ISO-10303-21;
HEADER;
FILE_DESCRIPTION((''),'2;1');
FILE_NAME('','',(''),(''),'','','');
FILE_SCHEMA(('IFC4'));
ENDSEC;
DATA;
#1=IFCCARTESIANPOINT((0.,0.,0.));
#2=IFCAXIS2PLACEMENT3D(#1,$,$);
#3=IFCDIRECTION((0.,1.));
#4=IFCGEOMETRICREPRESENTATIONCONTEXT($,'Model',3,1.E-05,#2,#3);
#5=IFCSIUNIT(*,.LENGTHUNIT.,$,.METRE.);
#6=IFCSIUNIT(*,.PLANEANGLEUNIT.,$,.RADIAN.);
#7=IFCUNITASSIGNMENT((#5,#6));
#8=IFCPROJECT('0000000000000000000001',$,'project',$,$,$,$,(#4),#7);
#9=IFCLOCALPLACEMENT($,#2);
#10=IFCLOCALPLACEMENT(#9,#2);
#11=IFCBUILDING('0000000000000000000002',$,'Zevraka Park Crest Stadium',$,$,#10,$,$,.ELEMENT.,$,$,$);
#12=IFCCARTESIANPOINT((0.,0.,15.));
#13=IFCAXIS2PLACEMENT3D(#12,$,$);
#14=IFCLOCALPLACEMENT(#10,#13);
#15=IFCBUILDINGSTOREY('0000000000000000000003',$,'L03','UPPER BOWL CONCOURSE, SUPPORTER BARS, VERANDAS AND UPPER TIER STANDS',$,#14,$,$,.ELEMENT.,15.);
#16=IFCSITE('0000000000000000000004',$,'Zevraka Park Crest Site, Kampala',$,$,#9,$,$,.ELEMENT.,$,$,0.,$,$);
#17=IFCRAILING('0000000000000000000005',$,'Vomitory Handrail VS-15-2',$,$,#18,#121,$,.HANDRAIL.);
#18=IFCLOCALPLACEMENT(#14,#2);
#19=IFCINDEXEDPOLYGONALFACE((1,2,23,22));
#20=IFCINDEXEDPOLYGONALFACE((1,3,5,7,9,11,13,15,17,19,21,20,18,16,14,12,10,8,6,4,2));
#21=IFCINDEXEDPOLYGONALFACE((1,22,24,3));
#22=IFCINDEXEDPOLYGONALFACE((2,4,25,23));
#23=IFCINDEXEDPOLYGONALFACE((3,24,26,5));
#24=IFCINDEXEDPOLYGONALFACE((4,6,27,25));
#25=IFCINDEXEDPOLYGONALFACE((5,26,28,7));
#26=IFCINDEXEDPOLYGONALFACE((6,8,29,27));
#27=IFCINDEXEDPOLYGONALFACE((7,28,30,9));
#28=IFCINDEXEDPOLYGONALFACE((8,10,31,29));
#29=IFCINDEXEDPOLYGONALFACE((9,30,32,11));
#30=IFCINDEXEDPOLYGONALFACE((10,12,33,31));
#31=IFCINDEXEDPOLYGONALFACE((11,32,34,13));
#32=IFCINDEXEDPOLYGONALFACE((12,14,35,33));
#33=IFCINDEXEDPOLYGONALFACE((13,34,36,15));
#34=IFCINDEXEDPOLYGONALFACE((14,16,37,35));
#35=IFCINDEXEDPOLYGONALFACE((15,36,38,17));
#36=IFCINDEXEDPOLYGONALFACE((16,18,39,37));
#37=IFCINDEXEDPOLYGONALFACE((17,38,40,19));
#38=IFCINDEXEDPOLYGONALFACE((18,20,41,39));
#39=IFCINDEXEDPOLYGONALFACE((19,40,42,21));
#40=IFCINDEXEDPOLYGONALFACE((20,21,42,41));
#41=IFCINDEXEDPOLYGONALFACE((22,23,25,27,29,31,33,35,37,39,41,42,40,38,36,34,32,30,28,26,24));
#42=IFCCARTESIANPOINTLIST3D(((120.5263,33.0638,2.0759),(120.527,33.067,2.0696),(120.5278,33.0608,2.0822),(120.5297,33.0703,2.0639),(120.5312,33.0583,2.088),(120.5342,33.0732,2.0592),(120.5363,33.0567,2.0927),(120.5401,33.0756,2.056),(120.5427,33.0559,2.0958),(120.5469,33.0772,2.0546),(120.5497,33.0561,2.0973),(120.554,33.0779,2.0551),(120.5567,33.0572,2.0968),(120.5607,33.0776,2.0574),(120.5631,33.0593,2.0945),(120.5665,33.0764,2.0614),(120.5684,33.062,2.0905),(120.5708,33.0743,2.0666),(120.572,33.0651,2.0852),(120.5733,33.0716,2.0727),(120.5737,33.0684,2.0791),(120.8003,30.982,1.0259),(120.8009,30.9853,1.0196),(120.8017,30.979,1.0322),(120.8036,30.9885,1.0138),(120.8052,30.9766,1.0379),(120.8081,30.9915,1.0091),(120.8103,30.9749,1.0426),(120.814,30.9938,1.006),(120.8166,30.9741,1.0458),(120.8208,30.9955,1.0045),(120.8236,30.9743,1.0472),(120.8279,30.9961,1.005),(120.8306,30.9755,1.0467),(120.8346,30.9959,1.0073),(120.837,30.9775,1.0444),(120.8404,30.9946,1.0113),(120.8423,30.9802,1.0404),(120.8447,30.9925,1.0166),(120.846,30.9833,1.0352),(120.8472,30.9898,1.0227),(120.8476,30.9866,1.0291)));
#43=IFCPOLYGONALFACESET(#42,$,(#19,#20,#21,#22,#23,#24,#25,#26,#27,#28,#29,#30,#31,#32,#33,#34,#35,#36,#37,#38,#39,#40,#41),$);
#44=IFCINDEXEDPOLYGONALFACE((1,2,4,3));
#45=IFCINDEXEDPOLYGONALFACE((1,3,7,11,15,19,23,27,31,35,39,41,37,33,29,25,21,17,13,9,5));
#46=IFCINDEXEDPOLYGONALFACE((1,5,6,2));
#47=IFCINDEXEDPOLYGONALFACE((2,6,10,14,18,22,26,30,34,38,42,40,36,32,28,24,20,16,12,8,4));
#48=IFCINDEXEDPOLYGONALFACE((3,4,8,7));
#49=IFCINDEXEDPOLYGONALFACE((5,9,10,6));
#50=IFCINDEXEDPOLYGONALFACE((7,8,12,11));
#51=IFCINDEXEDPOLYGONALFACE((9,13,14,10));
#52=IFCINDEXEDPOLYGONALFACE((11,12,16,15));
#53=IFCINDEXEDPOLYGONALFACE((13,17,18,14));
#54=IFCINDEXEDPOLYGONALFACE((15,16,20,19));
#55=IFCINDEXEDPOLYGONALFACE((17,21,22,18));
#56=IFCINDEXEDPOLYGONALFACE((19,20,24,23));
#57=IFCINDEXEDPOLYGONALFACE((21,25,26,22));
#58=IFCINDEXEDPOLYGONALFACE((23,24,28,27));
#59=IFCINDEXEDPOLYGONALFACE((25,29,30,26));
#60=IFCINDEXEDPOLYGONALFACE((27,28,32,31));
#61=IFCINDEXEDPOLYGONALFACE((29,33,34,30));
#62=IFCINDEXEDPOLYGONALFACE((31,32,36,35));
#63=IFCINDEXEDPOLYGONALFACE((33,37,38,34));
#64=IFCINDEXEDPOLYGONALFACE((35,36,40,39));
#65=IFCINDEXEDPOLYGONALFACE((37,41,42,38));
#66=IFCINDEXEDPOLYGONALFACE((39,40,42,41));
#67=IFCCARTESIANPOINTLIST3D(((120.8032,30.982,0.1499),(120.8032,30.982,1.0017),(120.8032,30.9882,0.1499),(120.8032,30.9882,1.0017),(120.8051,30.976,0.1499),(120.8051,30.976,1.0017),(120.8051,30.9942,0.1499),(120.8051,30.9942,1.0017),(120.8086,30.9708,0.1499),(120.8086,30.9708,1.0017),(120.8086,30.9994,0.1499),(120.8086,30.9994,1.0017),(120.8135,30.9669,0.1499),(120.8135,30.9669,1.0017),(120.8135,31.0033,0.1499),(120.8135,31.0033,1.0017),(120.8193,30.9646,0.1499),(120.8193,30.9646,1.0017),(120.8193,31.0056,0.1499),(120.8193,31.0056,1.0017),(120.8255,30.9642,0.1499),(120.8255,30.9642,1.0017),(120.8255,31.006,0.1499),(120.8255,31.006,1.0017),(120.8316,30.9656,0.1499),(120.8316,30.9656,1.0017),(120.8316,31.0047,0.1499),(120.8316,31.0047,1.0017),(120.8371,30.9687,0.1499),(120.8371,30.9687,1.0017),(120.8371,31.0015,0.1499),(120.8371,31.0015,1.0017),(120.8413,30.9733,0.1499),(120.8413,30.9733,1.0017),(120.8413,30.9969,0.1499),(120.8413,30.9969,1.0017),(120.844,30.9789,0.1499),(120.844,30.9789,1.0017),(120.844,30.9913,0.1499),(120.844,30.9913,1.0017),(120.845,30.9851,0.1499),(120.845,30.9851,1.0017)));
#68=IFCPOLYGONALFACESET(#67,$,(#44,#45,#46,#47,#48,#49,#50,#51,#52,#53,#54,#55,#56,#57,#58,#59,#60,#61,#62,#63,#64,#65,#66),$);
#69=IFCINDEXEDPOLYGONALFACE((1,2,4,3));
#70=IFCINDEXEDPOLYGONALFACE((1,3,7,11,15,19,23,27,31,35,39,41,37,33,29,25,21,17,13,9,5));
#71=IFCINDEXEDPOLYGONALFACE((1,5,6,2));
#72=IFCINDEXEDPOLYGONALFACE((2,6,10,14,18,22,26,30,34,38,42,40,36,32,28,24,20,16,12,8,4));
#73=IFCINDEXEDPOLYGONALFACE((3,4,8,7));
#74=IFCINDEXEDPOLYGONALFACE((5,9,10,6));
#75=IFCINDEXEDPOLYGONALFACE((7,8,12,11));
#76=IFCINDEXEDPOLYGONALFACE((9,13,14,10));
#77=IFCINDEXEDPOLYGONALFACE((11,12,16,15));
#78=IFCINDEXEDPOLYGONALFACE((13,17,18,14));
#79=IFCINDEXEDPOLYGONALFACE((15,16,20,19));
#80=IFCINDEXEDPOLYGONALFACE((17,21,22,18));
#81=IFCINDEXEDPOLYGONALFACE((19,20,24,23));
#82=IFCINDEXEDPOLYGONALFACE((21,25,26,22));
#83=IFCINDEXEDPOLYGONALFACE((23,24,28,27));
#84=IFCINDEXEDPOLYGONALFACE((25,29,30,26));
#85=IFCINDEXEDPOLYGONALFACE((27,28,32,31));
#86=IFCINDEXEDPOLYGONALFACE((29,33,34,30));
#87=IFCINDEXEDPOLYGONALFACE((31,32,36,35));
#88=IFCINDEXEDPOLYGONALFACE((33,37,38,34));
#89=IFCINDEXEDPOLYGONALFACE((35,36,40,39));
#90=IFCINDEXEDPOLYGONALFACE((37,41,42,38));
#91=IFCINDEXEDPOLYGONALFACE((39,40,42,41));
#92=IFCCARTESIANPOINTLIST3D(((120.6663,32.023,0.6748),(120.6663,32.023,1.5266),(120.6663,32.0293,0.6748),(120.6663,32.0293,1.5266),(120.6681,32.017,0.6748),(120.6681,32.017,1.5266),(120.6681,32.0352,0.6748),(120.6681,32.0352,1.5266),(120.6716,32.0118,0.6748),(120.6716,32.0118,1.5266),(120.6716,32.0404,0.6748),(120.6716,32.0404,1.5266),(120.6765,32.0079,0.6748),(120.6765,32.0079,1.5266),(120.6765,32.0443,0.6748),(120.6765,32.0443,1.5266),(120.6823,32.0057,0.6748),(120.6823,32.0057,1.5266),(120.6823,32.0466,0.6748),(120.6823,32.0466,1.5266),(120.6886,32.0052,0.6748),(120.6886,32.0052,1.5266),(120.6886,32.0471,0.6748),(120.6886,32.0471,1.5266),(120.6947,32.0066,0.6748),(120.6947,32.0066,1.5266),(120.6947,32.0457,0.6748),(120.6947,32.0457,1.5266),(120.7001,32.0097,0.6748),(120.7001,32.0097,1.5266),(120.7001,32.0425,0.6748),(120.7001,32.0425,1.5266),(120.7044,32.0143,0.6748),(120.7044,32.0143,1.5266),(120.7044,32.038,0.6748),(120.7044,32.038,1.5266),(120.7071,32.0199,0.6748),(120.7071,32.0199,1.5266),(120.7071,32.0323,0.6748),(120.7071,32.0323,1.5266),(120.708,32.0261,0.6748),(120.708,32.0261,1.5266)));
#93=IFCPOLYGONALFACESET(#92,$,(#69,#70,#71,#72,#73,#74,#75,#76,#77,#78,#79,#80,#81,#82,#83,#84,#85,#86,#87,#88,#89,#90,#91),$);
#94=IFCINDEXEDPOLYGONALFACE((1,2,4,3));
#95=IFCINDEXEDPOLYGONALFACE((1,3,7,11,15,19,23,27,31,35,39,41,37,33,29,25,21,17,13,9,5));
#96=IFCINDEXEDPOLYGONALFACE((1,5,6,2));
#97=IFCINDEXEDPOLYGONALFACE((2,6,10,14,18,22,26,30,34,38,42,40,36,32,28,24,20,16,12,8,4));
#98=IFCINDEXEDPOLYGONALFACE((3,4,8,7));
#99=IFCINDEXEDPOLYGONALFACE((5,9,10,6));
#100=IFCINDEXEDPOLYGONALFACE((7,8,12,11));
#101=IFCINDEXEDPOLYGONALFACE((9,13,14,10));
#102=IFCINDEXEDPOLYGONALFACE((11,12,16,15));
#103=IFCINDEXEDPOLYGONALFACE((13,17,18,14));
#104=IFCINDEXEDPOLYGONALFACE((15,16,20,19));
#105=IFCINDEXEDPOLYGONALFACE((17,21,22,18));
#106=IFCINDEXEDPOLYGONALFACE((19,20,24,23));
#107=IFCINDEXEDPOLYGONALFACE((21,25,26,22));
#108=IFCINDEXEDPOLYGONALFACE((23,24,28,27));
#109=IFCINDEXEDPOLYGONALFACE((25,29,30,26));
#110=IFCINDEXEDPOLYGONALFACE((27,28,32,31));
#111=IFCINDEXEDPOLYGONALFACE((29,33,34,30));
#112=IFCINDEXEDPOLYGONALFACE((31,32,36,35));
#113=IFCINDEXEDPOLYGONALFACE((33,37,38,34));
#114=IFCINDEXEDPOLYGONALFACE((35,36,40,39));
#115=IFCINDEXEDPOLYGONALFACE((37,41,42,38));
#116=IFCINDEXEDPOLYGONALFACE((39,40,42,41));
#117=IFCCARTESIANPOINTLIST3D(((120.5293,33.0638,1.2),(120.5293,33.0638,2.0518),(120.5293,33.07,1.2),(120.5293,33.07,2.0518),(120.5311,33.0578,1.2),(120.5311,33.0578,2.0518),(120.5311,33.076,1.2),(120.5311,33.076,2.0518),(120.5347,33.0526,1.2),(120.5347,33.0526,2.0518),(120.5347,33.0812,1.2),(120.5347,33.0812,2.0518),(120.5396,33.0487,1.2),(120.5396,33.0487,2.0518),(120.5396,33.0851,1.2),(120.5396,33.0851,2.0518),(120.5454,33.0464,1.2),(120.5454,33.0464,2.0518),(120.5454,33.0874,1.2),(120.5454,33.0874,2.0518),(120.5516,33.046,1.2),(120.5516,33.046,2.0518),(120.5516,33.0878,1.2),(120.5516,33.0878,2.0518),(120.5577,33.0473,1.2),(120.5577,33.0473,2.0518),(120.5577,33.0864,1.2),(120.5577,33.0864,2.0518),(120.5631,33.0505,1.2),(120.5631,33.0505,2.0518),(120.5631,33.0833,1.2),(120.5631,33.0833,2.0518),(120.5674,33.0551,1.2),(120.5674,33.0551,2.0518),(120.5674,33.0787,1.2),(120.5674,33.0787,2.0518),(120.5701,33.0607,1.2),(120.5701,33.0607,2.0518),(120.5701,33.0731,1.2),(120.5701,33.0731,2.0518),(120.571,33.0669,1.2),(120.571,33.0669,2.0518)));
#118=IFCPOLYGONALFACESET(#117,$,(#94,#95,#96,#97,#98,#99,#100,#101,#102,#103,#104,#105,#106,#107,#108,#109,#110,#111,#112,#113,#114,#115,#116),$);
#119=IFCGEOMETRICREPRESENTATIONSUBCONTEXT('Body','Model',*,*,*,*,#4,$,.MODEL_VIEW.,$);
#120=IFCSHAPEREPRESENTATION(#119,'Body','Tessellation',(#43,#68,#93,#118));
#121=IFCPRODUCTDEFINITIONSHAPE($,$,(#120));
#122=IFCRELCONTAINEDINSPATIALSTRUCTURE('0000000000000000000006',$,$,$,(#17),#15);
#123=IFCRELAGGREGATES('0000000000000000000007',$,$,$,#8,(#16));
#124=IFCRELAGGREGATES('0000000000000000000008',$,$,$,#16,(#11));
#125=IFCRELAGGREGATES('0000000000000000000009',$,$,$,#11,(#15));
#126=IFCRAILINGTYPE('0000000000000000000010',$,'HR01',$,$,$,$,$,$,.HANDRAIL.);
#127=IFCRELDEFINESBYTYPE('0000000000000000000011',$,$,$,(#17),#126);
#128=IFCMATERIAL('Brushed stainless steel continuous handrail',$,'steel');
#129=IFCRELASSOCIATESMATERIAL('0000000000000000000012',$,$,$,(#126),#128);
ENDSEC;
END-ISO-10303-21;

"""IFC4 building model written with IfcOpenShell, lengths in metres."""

from ifc_helpers import new_model, si_unit, direction, frame, origin, origin_2d, place, context, subcontext, project, spatial, circle, extrude, material, type_object, element, save


model = new_model("IFC4")

# Units and contexts
model_context = context("Model", 3, precision=1e-05, world=origin(), true_north=direction((0.0, 1.0)))
body_context = subcontext(model_context, "Body", "Model", "MODEL_VIEW")
ifc_project = project(units=[si_unit("LENGTHUNIT", "METRE"), si_unit("PLANEANGLEUNIT", "RADIAN")], contexts=[model_context])

# Site, building, storey
site_placement = place(None, origin())
site = spatial("IfcSite", under=ifc_project, at=site_placement, Name="Zevraka Park Crest Site, Kampala", CompositionType="ELEMENT", RefElevation=0.0)
building_placement = place(site_placement, origin())
building = spatial("IfcBuilding", under=site, at=building_placement, Name="Zevraka Park Crest Stadium", CompositionType="ELEMENT")
storey_placement = place(building_placement, frame((0.0, 0.0, 15.0)))
storey = spatial("IfcBuildingStorey", under=building, at=storey_placement, Name="L03", Description="UPPER BOWL CONCOURSE, SUPPORTER BARS, VERANDAS AND UPPER TIER STANDS", CompositionType="ELEMENT", Elevation=15.0)

# Railing
ifc_material_1 = material(Name="Brushed stainless steel continuous handrail", Category="steel")
railing_type_1 = type_object("IfcRailingType", Name="HR01", PredefinedType="HANDRAIL", material=ifc_material_1)
railing_1_placement = place(storey_placement, frame((120.824, 30.9851, 0.1499)))
element("IfcRailing", 1, at=railing_1_placement, inside=storey, type_object=railing_type_1, Name="Vomitory Handrail VS-15-2", PredefinedType="HANDRAIL", context=body_context, shape_type="SweptSolid", body=[
    extrude(circle(Radius=0.0239, at=origin_2d()), frame((0.0, 0.0, 0.876), z_axis=(-0.116681, 0.886752, 0.447276), x_axis=(-0.991454, -0.130458, 0.0)), (0.0, 0.0, 1.0), 2.3477),
    extrude(circle(Radius=0.021, at=origin_2d()), origin(), (0.0, 0.0, 1.0), 0.8518),
    extrude(circle(Radius=0.021, at=origin_2d()), frame((-0.137, 1.041, 0.5249)), (0.0, 0.0, 1.0), 0.8518),
    extrude(circle(Radius=0.021, at=origin_2d()), frame((-0.2739, 2.0818, 1.05)), (0.0, 0.0, 1.0), 0.8518),
])

save(model, "model.ifc")
